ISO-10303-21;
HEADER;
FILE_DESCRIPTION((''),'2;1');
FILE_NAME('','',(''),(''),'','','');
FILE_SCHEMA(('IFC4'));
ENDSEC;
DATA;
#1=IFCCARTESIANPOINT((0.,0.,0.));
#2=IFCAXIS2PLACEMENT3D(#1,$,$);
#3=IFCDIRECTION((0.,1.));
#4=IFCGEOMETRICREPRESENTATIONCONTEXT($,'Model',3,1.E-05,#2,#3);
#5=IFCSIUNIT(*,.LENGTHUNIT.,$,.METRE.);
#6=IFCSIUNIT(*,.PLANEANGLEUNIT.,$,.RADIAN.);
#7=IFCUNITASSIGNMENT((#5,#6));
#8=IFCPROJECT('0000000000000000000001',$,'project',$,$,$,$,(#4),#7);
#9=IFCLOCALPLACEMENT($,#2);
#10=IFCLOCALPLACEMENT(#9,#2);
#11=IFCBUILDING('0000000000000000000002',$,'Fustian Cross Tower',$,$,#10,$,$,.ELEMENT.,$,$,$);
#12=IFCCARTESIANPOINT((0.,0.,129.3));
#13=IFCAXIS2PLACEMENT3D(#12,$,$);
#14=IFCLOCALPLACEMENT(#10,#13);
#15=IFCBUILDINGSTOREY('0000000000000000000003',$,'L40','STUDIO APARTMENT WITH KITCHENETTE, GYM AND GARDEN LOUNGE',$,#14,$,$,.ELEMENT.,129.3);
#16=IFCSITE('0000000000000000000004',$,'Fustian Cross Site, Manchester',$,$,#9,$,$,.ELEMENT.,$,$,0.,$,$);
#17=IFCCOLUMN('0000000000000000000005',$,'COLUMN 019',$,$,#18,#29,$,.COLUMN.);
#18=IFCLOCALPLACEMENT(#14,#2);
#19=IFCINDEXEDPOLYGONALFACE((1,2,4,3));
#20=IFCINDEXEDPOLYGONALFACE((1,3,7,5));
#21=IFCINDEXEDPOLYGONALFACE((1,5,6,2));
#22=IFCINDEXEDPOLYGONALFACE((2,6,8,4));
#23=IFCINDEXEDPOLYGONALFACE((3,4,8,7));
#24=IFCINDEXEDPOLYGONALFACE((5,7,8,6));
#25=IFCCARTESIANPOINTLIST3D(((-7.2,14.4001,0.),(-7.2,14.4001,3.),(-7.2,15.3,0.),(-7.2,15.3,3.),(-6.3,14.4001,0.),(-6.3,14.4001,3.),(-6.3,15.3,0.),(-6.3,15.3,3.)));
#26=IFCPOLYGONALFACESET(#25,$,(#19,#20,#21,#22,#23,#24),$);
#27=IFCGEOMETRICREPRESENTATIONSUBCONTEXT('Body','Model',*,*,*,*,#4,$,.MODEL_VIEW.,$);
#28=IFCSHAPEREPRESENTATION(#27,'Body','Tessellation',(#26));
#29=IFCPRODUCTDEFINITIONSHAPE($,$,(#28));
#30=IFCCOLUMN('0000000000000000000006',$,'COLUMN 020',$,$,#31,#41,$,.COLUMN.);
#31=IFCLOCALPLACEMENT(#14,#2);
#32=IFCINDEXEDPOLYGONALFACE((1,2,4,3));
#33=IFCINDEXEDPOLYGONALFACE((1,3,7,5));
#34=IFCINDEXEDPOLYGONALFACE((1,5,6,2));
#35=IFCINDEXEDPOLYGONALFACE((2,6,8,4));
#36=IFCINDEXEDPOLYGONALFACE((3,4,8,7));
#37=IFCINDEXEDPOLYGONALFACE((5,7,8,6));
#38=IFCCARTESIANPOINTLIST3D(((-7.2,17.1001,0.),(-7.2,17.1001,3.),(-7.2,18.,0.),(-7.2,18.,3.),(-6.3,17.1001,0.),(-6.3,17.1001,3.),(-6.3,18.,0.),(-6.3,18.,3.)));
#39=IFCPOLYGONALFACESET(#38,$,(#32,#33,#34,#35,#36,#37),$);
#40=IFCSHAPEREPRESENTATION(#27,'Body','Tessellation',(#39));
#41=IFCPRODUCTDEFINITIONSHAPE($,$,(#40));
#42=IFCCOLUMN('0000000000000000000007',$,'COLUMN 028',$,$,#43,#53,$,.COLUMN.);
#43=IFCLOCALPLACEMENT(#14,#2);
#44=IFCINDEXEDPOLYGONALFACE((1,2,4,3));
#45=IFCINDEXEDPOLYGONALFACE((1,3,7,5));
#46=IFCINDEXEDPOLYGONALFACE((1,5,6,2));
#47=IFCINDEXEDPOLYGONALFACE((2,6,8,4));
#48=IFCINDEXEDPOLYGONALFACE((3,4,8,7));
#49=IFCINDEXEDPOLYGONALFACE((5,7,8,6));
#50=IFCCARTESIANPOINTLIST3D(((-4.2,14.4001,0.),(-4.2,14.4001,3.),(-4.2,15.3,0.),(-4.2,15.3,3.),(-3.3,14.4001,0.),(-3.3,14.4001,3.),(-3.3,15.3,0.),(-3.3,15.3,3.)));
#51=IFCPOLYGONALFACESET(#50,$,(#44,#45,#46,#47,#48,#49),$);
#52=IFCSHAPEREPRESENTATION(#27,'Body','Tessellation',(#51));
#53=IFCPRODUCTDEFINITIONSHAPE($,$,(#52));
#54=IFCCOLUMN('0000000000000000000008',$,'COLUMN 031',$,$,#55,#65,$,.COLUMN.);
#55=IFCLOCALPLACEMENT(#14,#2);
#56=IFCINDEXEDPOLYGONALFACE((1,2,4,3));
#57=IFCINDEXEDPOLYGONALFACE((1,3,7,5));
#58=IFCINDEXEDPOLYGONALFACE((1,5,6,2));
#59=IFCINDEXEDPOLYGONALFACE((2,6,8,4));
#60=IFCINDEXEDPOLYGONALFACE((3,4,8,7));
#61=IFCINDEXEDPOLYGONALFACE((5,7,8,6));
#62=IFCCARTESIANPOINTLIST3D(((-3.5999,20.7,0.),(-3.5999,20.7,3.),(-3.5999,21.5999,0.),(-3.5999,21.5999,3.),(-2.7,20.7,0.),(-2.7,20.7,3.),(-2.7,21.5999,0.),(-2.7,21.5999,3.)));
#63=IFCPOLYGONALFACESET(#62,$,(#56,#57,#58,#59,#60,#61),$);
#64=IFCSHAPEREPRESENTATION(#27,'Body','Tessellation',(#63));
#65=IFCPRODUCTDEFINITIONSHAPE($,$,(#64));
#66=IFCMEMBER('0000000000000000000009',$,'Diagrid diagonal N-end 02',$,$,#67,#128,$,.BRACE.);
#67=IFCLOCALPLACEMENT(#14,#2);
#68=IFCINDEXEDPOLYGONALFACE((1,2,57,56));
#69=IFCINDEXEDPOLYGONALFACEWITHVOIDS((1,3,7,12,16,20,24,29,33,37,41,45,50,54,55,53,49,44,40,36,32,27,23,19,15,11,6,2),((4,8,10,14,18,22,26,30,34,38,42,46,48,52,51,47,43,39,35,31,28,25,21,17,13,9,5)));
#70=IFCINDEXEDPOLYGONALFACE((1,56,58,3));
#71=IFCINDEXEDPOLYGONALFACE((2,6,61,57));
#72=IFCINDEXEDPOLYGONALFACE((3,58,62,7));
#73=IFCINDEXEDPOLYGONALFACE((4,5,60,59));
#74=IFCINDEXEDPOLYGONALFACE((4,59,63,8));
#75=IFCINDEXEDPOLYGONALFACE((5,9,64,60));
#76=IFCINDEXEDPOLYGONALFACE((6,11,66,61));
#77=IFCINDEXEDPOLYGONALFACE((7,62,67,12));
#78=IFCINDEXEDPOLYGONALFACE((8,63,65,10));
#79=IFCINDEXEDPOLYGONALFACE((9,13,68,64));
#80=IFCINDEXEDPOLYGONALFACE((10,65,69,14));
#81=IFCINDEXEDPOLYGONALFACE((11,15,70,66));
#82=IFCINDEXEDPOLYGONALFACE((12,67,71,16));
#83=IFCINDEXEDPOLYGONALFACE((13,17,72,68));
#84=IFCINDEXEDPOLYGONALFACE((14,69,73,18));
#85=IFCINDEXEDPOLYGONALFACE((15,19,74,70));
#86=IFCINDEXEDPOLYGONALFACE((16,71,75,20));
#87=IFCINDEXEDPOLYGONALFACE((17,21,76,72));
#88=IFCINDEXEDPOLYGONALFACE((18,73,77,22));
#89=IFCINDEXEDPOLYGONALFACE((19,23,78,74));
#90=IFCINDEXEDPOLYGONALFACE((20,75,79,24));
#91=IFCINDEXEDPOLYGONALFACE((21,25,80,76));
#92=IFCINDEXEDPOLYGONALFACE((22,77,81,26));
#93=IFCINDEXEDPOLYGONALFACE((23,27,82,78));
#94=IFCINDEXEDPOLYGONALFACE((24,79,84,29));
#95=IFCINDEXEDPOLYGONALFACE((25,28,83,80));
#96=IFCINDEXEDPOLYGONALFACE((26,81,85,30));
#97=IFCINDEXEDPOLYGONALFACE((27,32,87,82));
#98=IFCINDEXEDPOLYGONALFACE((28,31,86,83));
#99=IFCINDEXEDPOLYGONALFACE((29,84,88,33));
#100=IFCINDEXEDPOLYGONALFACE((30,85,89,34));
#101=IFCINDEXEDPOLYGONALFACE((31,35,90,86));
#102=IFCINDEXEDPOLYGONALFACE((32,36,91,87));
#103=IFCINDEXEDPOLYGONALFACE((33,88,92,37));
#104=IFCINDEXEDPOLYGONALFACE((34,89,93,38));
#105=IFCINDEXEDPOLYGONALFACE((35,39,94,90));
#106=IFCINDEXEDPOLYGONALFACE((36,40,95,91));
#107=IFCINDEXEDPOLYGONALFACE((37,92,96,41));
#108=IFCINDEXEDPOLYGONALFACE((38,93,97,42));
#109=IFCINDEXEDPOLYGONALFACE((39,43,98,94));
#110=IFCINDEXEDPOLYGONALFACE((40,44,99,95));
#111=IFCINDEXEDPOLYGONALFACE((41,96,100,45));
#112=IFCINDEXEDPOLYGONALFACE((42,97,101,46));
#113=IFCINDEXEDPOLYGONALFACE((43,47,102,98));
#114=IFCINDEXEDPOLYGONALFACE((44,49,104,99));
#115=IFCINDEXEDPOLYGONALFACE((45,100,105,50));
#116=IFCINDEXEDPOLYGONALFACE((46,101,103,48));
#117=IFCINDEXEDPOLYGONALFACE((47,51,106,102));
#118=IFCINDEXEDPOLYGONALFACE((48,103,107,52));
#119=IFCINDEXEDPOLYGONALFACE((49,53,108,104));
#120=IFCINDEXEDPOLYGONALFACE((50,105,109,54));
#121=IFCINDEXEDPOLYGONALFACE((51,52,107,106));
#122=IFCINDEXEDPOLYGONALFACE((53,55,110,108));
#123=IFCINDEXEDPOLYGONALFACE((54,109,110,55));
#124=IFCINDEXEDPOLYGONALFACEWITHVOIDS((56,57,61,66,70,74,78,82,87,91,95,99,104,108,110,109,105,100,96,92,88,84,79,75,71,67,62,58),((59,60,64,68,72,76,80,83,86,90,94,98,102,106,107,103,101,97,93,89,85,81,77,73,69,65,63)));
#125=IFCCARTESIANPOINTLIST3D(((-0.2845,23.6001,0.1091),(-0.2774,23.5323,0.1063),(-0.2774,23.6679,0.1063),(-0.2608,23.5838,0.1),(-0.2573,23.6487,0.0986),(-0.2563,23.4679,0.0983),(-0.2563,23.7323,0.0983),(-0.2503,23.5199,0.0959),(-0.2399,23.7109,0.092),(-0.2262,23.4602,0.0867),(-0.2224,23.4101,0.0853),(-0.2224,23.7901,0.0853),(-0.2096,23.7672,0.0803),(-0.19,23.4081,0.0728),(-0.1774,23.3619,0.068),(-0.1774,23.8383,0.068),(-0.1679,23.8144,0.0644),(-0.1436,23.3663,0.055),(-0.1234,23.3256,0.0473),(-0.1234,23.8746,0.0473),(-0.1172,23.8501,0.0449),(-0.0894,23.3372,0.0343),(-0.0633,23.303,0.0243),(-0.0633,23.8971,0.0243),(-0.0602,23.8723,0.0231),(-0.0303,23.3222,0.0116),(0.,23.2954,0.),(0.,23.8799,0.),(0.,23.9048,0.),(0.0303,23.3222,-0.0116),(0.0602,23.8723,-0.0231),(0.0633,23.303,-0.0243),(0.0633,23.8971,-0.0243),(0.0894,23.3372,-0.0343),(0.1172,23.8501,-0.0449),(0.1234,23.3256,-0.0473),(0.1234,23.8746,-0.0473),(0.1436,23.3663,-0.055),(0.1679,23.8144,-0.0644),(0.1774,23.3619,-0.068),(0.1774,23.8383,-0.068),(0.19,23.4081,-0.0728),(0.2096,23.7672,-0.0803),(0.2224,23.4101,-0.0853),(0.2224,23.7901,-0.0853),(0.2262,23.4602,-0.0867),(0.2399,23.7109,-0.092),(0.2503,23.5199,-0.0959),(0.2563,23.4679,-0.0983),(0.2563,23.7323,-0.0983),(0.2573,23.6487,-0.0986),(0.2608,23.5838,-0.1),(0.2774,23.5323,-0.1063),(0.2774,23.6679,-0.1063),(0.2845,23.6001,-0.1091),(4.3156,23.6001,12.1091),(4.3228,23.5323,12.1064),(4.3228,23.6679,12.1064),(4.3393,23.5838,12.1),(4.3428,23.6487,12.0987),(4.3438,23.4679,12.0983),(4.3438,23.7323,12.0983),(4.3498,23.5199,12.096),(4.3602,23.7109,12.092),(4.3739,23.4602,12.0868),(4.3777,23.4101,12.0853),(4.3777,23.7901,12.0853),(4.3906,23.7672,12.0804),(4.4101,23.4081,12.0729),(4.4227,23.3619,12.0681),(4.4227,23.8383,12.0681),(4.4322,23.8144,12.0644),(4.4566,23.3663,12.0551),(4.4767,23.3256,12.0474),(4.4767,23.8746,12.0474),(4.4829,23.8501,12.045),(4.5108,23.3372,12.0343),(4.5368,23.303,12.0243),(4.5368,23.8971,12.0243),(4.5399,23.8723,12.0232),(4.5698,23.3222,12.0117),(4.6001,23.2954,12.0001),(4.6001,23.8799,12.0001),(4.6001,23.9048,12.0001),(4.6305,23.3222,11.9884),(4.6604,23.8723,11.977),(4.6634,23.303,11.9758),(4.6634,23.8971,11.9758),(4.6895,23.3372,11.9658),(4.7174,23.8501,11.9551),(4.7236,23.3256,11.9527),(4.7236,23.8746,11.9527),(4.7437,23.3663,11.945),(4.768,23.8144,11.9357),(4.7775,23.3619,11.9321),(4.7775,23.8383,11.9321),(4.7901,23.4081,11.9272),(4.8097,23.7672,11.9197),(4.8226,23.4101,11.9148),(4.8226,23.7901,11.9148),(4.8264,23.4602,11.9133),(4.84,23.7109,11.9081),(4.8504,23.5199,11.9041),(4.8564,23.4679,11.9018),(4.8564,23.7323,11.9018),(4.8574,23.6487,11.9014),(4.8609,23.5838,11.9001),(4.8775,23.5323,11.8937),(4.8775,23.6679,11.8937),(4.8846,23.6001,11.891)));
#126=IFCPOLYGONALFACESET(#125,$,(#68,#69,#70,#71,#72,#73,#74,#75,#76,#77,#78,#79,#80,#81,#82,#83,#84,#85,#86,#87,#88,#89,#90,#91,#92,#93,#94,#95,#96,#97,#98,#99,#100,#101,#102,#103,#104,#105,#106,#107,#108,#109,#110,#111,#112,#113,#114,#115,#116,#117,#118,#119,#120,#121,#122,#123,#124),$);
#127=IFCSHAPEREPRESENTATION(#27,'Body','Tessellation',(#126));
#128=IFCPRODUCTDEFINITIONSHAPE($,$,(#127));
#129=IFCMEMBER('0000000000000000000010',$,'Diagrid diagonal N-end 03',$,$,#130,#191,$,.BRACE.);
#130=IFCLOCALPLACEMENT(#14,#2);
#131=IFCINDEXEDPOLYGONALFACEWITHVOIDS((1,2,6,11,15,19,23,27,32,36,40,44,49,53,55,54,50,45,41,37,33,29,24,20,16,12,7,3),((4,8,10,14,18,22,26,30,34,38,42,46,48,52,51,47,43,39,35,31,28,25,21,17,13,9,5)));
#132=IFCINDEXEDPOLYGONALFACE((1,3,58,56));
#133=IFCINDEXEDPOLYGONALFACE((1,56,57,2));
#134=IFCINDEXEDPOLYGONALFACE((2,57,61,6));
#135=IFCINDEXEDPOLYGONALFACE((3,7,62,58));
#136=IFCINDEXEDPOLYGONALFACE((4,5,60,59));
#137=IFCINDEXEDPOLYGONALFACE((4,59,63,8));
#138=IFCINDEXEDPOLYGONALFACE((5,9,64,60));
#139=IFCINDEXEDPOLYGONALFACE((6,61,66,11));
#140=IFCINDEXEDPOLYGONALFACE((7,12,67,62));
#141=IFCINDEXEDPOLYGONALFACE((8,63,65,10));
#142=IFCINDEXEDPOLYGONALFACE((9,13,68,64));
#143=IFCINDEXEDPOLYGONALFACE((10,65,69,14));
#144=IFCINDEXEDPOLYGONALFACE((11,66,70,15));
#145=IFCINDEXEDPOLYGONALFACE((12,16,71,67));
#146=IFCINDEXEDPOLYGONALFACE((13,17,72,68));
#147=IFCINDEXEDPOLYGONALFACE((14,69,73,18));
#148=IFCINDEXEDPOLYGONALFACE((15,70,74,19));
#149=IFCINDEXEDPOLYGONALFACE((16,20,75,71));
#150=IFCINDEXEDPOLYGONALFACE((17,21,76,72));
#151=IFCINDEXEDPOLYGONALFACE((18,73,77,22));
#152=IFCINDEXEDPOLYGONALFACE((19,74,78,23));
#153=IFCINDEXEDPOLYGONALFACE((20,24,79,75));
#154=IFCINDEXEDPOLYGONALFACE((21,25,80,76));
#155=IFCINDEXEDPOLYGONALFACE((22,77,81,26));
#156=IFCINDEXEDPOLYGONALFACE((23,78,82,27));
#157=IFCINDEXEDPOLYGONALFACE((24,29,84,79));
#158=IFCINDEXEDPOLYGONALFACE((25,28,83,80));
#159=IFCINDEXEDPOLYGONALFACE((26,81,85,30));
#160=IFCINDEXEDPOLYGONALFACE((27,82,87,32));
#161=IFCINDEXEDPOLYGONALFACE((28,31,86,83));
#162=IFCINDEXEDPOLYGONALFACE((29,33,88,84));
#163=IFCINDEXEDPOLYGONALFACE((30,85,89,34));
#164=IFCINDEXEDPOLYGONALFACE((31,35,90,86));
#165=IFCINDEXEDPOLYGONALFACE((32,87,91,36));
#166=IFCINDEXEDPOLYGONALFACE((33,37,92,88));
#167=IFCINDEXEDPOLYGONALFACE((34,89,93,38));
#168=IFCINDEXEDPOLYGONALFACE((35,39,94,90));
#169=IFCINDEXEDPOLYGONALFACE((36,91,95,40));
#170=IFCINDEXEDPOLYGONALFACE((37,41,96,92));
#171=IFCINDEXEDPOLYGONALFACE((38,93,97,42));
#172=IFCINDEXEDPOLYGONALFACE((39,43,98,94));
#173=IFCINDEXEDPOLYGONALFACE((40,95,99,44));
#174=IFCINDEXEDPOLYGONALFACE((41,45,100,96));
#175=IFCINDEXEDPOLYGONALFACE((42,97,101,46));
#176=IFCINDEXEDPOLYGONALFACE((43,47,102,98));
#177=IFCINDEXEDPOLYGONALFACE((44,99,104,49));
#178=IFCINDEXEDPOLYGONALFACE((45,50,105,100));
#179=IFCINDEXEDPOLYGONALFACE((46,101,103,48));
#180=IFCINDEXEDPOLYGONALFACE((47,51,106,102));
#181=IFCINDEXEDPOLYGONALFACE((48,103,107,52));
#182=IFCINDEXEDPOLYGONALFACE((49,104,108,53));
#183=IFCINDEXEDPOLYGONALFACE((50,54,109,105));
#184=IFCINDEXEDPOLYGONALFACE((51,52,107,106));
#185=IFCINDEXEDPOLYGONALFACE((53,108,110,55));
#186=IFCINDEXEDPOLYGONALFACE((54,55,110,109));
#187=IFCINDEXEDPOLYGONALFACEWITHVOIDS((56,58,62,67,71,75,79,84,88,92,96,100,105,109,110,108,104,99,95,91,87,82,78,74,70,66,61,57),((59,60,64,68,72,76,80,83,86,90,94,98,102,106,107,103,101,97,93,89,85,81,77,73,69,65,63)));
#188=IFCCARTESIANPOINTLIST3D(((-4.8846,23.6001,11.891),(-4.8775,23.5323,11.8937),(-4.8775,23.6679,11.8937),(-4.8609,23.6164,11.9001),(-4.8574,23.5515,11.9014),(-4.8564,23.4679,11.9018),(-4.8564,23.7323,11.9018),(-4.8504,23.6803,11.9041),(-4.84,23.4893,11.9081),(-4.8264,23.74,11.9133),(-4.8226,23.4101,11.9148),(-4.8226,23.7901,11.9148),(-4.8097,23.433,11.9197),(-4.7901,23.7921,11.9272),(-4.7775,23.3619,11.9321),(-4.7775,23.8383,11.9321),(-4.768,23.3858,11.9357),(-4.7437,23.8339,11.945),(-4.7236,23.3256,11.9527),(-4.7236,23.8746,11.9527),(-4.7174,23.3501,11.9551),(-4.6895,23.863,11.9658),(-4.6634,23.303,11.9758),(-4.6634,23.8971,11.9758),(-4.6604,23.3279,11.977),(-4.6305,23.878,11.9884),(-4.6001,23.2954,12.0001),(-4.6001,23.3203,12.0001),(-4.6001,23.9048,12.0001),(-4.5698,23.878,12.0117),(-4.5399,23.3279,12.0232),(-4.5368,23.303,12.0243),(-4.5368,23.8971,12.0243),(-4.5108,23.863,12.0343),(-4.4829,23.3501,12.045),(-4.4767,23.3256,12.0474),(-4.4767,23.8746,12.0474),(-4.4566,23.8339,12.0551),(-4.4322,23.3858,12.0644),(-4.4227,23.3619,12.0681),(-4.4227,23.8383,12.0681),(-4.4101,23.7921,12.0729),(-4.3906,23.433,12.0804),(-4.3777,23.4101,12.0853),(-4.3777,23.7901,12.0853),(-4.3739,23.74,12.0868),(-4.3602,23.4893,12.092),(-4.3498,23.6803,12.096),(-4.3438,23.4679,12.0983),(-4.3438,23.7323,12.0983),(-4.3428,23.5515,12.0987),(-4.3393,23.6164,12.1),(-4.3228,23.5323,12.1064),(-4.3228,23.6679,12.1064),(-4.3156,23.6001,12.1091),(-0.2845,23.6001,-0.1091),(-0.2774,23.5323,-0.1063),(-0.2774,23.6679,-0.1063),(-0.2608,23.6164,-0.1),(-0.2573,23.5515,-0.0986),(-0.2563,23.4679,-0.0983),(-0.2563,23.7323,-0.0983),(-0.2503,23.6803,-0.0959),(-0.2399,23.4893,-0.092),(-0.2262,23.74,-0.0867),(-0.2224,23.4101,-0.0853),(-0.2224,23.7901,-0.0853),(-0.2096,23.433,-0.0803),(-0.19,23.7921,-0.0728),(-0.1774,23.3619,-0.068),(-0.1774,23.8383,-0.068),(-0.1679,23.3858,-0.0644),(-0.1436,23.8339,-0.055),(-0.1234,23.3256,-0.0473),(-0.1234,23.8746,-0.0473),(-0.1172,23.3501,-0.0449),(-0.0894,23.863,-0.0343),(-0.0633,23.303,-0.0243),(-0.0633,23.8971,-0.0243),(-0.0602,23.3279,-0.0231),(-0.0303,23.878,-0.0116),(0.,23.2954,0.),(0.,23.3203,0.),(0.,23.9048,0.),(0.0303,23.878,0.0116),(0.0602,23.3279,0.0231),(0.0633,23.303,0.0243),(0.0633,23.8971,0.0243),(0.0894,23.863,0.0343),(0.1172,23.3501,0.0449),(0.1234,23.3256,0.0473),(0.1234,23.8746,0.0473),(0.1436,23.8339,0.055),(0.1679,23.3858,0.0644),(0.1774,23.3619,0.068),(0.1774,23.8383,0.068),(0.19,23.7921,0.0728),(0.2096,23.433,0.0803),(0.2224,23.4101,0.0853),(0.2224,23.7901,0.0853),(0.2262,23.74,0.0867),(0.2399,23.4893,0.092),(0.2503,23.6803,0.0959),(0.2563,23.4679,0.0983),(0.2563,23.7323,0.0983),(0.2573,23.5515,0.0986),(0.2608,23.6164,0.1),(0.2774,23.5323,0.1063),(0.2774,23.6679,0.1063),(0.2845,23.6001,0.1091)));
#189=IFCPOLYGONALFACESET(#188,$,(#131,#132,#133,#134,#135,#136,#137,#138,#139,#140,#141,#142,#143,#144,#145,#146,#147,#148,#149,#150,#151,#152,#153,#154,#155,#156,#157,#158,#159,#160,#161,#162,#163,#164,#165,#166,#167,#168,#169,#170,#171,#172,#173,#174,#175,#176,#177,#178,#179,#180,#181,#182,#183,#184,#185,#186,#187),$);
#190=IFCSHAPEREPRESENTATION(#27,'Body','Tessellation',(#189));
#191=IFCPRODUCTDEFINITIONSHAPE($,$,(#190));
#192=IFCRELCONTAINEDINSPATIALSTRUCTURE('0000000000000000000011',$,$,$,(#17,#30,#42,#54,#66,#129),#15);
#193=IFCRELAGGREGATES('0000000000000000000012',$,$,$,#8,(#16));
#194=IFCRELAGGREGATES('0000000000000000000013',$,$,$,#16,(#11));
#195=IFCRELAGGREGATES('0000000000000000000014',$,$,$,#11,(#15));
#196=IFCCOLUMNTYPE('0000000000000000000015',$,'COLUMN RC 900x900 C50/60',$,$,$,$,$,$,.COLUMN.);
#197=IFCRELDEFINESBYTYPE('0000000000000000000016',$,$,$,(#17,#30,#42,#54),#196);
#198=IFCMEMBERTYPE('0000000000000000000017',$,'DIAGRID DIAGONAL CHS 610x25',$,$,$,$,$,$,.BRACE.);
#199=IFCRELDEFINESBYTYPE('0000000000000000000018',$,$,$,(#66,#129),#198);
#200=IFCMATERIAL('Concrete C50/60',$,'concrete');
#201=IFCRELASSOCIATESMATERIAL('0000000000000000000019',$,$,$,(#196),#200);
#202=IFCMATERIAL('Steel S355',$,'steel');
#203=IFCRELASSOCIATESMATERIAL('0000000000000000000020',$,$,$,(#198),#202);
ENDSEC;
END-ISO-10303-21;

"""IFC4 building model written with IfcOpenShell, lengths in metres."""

from ifc_helpers import new_model, si_unit, direction, frame, origin, origin_2d, place, context, subcontext, project, spatial, rectangle, hollow_circle, extrude, material, material_profile, profile_set, type_object, element, save


model = new_model("IFC4")

# Units and contexts
model_context = context("Model", 3, precision=1e-05, world=origin(), true_north=direction((0.0, 1.0)))
body_context = subcontext(model_context, "Body", "Model", "MODEL_VIEW")
ifc_project = project(units=[si_unit("LENGTHUNIT", "METRE"), si_unit("PLANEANGLEUNIT", "RADIAN")], contexts=[model_context])

# Site, building, storey
site_placement = place(None, origin())
site = spatial("IfcSite", under=ifc_project, at=site_placement, Name="Fustian Cross Site, Manchester", CompositionType="ELEMENT", RefElevation=0.0)
building_placement = place(site_placement, origin())
building = spatial("IfcBuilding", under=site, at=building_placement, Name="Fustian Cross Tower", CompositionType="ELEMENT")
storey_placement = place(building_placement, frame((0.0, 0.0, 129.3)))
storey = spatial("IfcBuildingStorey", under=building, at=storey_placement, Name="L40", Description="STUDIO APARTMENT WITH KITCHENETTE, GYM AND GARDEN LOUNGE", CompositionType="ELEMENT", Elevation=129.3)

# Columns
ifc_material_1 = material(Name="Concrete C50/60", Category="concrete")
ifc_material_profile_1 = material_profile(ifc_material_1, rectangle(XDim=0.8999, YDim=0.8999, at=origin_2d()), Name="RC 900x900")
ifc_profile_set_1 = profile_set([ifc_material_profile_1], Name="Concrete C50/60")
column_type = type_object("IfcColumnType", Name="COLUMN RC 900x900 C50/60", PredefinedType="COLUMN", material=ifc_profile_set_1)
for number, where, z_axis, x_axis, name in (
    (1, (-6.75, 14.8501, 0.0), (0.0, 0.0, 1.0), (1.0, 0.0, 0.0), "COLUMN 019"),
    (2, (-6.75, 17.55, 0.0), (0.0, 0.0, 1.0), (1.0, 0.0, 0.0), "COLUMN 020"),
    (3, (-3.75, 14.8501, 0.0), (0.0, 0.0, 1.0), (1.0, 0.0, 0.0), "COLUMN 028"),
    (4, (-3.1499, 21.1499, 0.0), (0.0, 0.0, 1.0), (1.0, 0.0, 0.0), "COLUMN 031"),
):
    element("IfcColumn", number, at=place(storey_placement, frame(where, z_axis=z_axis, x_axis=x_axis)), inside=storey, type_object=column_type, Name=name, PredefinedType="COLUMN", context=body_context, shape_type="SweptSolid", body=[
        extrude(rectangle(XDim=0.8999, YDim=0.8999, at=origin_2d()), origin(), (0.0, 0.0, 1.0), 3.0),
    ])

# Members
ifc_material_2 = material(Name="Steel S355", Category="steel")
ifc_material_profile_2 = material_profile(ifc_material_2, hollow_circle(Radius=0.3047, WallThickness=0.0249, at=origin_2d()), Name="CHS 610x25")
ifc_profile_set_2 = profile_set([ifc_material_profile_2], Name="Steel S355")
member_type_1 = type_object("IfcMemberType", Name="DIAGRID DIAGONAL CHS 610x25", PredefinedType="BRACE", material=ifc_profile_set_2)
for number, where, z_axis, x_axis, name in (
    (5, (0.0, 23.6001, 0.0), (0.357943, 0.0, 0.933744), (0.0, 1.0, 0.0), "Diagrid diagonal N-end 02"),
    (6, (0.0, 23.6001, 0.0), (-0.357943, 0.0, 0.933744), (0.0, -1.0, 0.0), "Diagrid diagonal N-end 03"),
):
    element("IfcMember", number, at=place(storey_placement, frame(where, z_axis=z_axis, x_axis=x_axis)), inside=storey, type_object=member_type_1, Name=name, PredefinedType="BRACE", context=body_context, shape_type="SweptSolid", body=[
        extrude(hollow_circle(Radius=0.3047, WallThickness=0.0249, at=origin_2d()), origin(), (0.0, 0.0, 1.0), 12.8516),
    ])

save(model, "model.ifc")
